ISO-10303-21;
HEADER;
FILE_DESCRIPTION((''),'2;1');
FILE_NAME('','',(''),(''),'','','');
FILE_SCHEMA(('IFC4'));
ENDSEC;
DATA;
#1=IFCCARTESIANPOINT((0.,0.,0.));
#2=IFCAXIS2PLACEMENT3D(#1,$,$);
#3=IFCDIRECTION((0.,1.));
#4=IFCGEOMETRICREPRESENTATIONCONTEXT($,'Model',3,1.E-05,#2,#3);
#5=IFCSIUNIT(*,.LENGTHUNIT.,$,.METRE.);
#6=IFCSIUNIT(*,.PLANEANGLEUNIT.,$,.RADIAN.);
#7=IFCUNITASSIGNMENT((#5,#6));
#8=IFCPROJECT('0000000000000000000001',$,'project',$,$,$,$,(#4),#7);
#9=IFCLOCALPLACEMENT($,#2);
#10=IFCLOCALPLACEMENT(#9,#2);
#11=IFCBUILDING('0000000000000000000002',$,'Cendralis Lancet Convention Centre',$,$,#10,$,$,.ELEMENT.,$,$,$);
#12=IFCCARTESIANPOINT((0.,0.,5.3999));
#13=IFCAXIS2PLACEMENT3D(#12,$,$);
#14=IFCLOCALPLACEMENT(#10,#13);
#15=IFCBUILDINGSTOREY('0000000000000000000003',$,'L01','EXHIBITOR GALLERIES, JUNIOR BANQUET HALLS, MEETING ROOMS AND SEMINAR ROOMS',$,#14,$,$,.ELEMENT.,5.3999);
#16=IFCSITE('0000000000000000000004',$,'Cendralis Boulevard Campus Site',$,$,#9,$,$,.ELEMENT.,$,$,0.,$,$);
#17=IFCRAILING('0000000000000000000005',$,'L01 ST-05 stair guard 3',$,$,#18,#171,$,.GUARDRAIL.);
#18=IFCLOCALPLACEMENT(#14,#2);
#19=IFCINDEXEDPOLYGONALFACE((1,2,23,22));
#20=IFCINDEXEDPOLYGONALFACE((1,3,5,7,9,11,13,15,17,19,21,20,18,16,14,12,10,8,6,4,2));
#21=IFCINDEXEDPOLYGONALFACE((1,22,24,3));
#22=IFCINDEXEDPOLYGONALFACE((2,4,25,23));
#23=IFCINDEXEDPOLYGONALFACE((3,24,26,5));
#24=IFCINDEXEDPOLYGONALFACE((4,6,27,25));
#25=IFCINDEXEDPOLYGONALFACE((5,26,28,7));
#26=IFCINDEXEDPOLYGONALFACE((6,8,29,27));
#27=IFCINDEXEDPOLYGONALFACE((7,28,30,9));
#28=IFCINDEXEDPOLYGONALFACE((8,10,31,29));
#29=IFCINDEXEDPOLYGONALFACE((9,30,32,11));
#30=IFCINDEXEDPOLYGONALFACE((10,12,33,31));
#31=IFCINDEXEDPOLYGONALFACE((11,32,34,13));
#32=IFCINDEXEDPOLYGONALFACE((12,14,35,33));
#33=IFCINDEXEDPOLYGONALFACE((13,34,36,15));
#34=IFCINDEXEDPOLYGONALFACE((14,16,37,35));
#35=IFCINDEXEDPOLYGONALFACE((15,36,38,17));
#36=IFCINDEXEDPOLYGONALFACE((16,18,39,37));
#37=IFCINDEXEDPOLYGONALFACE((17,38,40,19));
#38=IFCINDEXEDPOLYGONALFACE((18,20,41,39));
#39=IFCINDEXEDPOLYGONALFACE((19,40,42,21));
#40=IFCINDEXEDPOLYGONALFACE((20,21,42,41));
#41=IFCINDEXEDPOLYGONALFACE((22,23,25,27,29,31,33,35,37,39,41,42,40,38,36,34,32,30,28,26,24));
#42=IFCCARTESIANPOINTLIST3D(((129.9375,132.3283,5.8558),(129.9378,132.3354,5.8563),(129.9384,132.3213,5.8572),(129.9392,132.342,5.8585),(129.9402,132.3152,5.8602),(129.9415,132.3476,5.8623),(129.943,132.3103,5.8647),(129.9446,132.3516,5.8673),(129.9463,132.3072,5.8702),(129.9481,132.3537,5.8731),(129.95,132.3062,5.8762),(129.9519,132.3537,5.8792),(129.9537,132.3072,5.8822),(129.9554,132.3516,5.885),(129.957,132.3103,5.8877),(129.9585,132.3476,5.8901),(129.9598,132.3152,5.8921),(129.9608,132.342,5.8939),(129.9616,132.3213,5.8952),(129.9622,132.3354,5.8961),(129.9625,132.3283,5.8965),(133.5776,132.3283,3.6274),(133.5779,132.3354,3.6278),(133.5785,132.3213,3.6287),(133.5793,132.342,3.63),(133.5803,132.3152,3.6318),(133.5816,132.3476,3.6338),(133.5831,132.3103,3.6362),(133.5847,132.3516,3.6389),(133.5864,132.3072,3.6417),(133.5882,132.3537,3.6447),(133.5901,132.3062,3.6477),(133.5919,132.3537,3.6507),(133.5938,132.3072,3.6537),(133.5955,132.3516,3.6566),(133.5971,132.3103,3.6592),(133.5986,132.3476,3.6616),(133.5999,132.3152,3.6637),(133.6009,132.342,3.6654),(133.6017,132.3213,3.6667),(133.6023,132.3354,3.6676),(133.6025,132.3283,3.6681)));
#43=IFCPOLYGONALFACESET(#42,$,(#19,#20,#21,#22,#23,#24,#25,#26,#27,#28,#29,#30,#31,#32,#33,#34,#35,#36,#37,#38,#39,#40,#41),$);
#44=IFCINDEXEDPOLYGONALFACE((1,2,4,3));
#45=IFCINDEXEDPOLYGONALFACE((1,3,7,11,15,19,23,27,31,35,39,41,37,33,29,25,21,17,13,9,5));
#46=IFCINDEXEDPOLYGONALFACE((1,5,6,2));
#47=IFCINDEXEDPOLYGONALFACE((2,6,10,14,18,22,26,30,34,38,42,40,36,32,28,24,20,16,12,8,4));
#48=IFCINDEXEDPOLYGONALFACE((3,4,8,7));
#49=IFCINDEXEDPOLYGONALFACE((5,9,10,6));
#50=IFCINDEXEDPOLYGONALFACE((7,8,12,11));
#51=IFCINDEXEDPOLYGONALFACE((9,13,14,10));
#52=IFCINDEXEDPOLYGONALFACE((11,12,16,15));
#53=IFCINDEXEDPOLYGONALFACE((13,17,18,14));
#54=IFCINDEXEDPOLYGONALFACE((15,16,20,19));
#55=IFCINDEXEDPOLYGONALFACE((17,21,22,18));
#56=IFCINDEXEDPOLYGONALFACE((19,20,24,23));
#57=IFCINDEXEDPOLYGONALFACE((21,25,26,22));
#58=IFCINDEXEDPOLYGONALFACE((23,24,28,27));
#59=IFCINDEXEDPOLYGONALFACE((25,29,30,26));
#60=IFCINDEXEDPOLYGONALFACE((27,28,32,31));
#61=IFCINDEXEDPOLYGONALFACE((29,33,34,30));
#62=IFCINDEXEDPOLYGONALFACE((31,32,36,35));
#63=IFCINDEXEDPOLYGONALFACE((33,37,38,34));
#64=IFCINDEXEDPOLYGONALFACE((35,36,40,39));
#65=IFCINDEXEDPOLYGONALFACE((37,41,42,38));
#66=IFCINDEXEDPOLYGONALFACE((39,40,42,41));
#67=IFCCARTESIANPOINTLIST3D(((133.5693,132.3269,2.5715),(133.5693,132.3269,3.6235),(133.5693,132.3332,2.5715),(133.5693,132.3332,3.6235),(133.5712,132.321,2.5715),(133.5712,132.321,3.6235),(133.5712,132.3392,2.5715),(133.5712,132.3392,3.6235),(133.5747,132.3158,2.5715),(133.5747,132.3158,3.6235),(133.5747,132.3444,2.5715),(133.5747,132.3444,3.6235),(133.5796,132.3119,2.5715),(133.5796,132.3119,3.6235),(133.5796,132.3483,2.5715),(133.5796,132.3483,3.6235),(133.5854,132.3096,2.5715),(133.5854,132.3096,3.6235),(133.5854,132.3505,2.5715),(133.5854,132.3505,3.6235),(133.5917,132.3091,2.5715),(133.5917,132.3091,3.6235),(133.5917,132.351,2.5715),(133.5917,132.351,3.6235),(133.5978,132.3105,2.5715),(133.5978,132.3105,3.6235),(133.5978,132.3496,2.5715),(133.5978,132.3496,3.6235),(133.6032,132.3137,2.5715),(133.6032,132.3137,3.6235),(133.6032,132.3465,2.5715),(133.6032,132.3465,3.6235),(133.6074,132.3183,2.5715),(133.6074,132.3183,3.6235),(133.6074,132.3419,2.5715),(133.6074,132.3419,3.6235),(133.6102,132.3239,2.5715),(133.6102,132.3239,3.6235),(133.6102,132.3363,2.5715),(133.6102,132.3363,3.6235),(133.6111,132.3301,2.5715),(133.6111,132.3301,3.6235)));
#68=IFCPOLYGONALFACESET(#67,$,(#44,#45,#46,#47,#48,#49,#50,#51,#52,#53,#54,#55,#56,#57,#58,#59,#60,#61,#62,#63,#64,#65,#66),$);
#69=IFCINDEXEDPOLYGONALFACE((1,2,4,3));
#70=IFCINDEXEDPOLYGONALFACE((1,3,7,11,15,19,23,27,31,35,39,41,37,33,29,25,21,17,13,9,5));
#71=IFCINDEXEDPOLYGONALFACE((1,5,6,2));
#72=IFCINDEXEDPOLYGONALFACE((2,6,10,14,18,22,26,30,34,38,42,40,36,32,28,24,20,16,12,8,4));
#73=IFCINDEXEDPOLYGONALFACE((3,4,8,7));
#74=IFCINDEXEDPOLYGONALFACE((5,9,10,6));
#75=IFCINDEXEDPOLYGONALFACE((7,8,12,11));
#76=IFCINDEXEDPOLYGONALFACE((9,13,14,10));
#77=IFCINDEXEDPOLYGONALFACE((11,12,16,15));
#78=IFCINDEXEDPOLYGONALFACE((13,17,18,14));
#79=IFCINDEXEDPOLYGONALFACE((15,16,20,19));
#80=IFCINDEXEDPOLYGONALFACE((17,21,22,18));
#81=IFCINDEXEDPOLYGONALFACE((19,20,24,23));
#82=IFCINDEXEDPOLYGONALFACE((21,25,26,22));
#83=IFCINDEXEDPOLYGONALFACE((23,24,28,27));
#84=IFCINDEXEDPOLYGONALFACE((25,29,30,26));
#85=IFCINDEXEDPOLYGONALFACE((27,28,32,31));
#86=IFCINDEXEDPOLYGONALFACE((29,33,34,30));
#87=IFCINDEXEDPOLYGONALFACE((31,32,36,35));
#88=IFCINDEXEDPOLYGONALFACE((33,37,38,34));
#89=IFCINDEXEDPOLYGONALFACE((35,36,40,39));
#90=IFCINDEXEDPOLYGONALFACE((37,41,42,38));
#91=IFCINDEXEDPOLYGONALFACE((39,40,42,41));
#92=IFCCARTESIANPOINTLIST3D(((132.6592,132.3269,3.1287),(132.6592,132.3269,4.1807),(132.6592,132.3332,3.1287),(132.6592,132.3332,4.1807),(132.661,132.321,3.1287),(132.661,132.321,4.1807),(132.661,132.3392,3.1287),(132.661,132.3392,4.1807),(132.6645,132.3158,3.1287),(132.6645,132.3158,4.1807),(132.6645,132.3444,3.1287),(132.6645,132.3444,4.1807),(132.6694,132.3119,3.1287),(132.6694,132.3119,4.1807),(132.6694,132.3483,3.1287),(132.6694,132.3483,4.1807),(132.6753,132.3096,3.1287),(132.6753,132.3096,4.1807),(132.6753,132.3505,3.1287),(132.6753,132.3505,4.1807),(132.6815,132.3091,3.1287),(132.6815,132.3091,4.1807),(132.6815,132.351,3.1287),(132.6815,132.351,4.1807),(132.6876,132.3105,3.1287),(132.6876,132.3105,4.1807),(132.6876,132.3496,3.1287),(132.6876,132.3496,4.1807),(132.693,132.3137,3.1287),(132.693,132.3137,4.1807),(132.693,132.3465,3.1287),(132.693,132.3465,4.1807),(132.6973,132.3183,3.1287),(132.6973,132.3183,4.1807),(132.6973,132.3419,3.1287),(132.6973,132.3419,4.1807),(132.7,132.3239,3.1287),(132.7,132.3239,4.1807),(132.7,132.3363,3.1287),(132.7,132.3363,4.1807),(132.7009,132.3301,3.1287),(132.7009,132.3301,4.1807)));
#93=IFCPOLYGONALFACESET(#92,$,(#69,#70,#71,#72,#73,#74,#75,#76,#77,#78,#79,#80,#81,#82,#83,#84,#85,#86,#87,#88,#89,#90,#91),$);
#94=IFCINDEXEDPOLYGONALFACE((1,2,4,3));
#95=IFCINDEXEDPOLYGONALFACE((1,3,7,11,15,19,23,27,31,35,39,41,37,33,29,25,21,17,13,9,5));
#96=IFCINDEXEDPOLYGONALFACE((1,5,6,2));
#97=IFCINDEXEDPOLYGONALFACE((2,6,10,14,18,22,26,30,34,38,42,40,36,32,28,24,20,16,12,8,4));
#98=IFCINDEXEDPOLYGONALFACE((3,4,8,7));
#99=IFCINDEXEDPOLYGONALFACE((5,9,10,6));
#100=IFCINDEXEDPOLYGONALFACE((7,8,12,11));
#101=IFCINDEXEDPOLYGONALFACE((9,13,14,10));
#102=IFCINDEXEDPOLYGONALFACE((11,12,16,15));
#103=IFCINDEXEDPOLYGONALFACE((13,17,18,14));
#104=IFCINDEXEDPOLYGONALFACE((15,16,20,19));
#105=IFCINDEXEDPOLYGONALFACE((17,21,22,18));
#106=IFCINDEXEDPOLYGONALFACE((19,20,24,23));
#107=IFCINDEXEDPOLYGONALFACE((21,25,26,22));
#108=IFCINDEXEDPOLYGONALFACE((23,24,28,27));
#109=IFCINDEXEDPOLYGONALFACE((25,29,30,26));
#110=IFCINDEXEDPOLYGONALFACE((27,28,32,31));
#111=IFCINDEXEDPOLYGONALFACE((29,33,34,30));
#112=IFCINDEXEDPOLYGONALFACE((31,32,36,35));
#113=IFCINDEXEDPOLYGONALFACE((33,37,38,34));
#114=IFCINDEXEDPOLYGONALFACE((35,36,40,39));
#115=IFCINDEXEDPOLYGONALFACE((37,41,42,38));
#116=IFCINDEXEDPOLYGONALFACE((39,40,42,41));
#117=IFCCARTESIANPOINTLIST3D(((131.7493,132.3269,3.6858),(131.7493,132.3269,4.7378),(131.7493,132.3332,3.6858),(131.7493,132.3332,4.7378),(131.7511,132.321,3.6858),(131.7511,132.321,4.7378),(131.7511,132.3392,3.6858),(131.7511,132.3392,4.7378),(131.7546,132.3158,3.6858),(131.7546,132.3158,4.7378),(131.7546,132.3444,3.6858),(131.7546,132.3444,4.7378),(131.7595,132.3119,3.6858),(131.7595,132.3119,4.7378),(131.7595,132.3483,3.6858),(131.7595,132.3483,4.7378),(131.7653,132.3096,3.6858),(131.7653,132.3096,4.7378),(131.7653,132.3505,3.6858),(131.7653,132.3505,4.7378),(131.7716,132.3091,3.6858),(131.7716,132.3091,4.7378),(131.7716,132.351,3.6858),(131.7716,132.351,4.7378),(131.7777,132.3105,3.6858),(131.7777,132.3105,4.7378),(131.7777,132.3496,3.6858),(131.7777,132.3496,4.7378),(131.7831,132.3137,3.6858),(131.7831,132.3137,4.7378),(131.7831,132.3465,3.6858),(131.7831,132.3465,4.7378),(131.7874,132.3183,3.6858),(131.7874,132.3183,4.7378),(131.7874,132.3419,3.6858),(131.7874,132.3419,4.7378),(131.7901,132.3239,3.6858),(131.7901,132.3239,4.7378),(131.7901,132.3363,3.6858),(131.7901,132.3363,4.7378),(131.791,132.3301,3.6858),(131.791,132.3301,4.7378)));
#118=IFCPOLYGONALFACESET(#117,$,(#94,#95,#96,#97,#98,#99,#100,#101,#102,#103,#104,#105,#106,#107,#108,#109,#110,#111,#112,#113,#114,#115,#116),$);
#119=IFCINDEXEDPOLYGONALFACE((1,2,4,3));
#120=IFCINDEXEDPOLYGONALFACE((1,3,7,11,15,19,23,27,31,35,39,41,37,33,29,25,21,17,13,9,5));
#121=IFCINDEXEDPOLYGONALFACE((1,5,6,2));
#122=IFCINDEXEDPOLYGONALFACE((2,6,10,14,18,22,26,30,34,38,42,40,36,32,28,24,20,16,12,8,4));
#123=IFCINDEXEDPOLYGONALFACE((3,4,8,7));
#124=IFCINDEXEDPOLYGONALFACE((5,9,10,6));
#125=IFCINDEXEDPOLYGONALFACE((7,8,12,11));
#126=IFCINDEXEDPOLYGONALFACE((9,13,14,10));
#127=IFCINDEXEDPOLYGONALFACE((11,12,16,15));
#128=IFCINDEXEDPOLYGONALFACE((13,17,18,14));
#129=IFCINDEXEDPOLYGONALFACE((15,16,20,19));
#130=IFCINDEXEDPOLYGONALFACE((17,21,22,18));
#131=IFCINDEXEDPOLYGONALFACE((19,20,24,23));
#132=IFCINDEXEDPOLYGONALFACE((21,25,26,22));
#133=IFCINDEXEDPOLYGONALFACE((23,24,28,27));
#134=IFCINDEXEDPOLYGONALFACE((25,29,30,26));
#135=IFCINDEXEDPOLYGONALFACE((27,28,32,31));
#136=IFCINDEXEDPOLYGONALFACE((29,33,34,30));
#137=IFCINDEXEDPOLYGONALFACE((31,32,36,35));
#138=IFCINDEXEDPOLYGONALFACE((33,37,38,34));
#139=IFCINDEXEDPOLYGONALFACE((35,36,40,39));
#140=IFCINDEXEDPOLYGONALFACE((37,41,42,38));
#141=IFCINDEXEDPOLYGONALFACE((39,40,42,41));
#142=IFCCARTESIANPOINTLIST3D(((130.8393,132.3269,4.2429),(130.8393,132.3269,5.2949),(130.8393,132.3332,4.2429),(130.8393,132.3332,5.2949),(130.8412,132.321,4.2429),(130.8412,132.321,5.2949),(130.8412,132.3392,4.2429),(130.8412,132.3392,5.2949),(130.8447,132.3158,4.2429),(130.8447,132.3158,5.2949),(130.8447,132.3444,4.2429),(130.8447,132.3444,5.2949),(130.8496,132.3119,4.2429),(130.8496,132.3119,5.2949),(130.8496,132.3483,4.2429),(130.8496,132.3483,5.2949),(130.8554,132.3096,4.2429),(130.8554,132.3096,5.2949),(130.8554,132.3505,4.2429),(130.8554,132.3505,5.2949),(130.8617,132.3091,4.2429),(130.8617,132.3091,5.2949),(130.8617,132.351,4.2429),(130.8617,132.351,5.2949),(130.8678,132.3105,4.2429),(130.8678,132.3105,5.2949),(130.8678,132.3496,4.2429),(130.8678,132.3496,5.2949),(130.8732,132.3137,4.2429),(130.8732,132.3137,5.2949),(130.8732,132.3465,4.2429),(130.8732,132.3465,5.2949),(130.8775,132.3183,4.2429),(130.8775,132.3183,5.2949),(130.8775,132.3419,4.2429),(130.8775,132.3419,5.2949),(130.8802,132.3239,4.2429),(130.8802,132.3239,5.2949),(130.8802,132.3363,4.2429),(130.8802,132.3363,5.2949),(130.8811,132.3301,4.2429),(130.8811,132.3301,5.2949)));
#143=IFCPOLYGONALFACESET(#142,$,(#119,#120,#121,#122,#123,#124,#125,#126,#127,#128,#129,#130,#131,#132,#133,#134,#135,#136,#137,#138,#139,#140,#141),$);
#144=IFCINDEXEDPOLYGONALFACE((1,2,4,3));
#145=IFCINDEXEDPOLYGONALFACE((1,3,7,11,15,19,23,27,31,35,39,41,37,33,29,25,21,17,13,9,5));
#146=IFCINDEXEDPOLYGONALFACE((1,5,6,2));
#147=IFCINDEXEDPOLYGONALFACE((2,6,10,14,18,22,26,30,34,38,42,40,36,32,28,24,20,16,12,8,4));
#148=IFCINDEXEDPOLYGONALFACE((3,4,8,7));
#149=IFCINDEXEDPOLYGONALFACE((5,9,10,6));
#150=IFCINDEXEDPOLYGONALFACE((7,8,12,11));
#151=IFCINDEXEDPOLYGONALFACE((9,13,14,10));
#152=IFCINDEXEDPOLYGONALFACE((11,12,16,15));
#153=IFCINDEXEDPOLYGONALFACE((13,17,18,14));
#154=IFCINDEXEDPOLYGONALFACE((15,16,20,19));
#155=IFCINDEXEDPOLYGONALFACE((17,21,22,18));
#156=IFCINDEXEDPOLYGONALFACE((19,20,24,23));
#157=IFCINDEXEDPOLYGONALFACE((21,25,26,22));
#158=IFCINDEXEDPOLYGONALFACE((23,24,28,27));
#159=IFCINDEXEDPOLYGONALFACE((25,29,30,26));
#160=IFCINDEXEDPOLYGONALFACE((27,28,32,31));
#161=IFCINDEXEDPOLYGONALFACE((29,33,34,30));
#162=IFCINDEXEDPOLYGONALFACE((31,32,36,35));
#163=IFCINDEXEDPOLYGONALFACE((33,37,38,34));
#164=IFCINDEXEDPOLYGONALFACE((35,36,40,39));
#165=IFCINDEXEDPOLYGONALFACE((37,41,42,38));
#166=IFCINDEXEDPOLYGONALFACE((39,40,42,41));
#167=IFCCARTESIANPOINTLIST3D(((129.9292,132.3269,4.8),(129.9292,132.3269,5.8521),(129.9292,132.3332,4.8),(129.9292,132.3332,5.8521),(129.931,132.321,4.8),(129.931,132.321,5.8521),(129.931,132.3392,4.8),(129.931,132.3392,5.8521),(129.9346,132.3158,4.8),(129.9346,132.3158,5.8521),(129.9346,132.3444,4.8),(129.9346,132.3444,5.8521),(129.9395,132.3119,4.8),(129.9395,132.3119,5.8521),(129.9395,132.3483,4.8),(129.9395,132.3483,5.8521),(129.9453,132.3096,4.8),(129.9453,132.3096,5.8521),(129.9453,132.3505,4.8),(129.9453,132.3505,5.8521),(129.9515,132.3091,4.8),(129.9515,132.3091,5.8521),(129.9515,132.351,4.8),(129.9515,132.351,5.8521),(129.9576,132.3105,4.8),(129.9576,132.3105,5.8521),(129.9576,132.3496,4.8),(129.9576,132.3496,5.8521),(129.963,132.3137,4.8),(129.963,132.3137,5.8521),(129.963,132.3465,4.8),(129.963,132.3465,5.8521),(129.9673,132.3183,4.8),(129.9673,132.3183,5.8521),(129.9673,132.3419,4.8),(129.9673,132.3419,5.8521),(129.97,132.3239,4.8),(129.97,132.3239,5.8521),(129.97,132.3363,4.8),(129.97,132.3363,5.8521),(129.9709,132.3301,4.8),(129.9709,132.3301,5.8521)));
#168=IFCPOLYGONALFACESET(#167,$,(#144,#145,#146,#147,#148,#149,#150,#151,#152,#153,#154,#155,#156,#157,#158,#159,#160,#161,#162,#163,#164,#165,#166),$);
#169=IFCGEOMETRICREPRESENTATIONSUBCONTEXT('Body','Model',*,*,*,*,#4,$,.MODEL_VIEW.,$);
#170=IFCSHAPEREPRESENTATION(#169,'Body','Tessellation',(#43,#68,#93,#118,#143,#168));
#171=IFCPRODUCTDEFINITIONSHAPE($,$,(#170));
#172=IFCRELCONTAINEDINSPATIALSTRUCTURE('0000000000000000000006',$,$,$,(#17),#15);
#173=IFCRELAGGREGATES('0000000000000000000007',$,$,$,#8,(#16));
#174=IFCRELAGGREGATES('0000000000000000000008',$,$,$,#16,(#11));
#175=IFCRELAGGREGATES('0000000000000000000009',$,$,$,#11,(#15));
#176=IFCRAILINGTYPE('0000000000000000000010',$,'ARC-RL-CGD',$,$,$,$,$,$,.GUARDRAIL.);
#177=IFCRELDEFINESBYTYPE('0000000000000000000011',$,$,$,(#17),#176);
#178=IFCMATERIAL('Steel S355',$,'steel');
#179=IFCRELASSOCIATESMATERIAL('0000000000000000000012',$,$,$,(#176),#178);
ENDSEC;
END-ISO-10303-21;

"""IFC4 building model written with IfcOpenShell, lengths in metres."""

from ifc_helpers import new_model, si_unit, direction, frame, origin, origin_2d, place, context, subcontext, project, spatial, circle, extrude, material, type_object, element, save


model = new_model("IFC4")

# Units and contexts
model_context = context("Model", 3, precision=1e-05, world=origin(), true_north=direction((0.0, 1.0)))
body_context = subcontext(model_context, "Body", "Model", "MODEL_VIEW")
ifc_project = project(units=[si_unit("LENGTHUNIT", "METRE"), si_unit("PLANEANGLEUNIT", "RADIAN")], contexts=[model_context])

# Site, building, storey
site_placement = place(None, origin())
site = spatial("IfcSite", under=ifc_project, at=site_placement, Name="Cendralis Boulevard Campus Site", CompositionType="ELEMENT", RefElevation=0.0)
building_placement = place(site_placement, origin())
building = spatial("IfcBuilding", under=site, at=building_placement, Name="Cendralis Lancet Convention Centre", CompositionType="ELEMENT")
storey_placement = place(building_placement, frame((0.0, 0.0, 5.3999)))
storey = spatial("IfcBuildingStorey", under=building, at=storey_placement, Name="L01", Description="EXHIBITOR GALLERIES, JUNIOR BANQUET HALLS, MEETING ROOMS AND SEMINAR ROOMS", CompositionType="ELEMENT", Elevation=5.3999)

# Shared definitions
ifc_material_1 = material(Name="Steel S355", Category="steel")

# Railing
railing_type_1 = type_object("IfcRailingType", Name="ARC-RL-CGD", PredefinedType="GUARDRAIL", material=ifc_material_1)
railing_1_placement = place(storey_placement, frame((133.5901, 132.3301, 2.5715)))
element("IfcRailing", 1, at=railing_1_placement, inside=storey, type_object=railing_type_1, Name="L01 ST-05 stair guard 3", PredefinedType="GUARDRAIL", context=body_context, shape_type="SweptSolid", body=[
    extrude(circle(Radius=0.0239, at=origin_2d()), frame((0.0, 0.0, 1.0762), z_axis=(-0.852866, 0.0, 0.52213), x_axis=(0.0, -1.0, 0.0)), (0.0, 0.0, 1.0), 4.2681),
    extrude(circle(Radius=0.021, at=origin_2d()), origin(), (0.0, 0.0, 1.0), 1.052),
    extrude(circle(Radius=0.021, at=origin_2d()), frame((-0.9102, 0.0, 0.5571)), (0.0, 0.0, 1.0), 1.052),
    extrude(circle(Radius=0.021, at=origin_2d()), frame((-1.8201, 0.0, 1.1143)), (0.0, 0.0, 1.0), 1.052),
    extrude(circle(Radius=0.021, at=origin_2d()), frame((-2.73, 0.0, 1.6714)), (0.0, 0.0, 1.0), 1.052),
    extrude(circle(Radius=0.021, at=origin_2d()), frame((-3.6401, 0.0, 2.2285)), (0.0, 0.0, 1.0), 1.052),
])

save(model, "model.ifc")
